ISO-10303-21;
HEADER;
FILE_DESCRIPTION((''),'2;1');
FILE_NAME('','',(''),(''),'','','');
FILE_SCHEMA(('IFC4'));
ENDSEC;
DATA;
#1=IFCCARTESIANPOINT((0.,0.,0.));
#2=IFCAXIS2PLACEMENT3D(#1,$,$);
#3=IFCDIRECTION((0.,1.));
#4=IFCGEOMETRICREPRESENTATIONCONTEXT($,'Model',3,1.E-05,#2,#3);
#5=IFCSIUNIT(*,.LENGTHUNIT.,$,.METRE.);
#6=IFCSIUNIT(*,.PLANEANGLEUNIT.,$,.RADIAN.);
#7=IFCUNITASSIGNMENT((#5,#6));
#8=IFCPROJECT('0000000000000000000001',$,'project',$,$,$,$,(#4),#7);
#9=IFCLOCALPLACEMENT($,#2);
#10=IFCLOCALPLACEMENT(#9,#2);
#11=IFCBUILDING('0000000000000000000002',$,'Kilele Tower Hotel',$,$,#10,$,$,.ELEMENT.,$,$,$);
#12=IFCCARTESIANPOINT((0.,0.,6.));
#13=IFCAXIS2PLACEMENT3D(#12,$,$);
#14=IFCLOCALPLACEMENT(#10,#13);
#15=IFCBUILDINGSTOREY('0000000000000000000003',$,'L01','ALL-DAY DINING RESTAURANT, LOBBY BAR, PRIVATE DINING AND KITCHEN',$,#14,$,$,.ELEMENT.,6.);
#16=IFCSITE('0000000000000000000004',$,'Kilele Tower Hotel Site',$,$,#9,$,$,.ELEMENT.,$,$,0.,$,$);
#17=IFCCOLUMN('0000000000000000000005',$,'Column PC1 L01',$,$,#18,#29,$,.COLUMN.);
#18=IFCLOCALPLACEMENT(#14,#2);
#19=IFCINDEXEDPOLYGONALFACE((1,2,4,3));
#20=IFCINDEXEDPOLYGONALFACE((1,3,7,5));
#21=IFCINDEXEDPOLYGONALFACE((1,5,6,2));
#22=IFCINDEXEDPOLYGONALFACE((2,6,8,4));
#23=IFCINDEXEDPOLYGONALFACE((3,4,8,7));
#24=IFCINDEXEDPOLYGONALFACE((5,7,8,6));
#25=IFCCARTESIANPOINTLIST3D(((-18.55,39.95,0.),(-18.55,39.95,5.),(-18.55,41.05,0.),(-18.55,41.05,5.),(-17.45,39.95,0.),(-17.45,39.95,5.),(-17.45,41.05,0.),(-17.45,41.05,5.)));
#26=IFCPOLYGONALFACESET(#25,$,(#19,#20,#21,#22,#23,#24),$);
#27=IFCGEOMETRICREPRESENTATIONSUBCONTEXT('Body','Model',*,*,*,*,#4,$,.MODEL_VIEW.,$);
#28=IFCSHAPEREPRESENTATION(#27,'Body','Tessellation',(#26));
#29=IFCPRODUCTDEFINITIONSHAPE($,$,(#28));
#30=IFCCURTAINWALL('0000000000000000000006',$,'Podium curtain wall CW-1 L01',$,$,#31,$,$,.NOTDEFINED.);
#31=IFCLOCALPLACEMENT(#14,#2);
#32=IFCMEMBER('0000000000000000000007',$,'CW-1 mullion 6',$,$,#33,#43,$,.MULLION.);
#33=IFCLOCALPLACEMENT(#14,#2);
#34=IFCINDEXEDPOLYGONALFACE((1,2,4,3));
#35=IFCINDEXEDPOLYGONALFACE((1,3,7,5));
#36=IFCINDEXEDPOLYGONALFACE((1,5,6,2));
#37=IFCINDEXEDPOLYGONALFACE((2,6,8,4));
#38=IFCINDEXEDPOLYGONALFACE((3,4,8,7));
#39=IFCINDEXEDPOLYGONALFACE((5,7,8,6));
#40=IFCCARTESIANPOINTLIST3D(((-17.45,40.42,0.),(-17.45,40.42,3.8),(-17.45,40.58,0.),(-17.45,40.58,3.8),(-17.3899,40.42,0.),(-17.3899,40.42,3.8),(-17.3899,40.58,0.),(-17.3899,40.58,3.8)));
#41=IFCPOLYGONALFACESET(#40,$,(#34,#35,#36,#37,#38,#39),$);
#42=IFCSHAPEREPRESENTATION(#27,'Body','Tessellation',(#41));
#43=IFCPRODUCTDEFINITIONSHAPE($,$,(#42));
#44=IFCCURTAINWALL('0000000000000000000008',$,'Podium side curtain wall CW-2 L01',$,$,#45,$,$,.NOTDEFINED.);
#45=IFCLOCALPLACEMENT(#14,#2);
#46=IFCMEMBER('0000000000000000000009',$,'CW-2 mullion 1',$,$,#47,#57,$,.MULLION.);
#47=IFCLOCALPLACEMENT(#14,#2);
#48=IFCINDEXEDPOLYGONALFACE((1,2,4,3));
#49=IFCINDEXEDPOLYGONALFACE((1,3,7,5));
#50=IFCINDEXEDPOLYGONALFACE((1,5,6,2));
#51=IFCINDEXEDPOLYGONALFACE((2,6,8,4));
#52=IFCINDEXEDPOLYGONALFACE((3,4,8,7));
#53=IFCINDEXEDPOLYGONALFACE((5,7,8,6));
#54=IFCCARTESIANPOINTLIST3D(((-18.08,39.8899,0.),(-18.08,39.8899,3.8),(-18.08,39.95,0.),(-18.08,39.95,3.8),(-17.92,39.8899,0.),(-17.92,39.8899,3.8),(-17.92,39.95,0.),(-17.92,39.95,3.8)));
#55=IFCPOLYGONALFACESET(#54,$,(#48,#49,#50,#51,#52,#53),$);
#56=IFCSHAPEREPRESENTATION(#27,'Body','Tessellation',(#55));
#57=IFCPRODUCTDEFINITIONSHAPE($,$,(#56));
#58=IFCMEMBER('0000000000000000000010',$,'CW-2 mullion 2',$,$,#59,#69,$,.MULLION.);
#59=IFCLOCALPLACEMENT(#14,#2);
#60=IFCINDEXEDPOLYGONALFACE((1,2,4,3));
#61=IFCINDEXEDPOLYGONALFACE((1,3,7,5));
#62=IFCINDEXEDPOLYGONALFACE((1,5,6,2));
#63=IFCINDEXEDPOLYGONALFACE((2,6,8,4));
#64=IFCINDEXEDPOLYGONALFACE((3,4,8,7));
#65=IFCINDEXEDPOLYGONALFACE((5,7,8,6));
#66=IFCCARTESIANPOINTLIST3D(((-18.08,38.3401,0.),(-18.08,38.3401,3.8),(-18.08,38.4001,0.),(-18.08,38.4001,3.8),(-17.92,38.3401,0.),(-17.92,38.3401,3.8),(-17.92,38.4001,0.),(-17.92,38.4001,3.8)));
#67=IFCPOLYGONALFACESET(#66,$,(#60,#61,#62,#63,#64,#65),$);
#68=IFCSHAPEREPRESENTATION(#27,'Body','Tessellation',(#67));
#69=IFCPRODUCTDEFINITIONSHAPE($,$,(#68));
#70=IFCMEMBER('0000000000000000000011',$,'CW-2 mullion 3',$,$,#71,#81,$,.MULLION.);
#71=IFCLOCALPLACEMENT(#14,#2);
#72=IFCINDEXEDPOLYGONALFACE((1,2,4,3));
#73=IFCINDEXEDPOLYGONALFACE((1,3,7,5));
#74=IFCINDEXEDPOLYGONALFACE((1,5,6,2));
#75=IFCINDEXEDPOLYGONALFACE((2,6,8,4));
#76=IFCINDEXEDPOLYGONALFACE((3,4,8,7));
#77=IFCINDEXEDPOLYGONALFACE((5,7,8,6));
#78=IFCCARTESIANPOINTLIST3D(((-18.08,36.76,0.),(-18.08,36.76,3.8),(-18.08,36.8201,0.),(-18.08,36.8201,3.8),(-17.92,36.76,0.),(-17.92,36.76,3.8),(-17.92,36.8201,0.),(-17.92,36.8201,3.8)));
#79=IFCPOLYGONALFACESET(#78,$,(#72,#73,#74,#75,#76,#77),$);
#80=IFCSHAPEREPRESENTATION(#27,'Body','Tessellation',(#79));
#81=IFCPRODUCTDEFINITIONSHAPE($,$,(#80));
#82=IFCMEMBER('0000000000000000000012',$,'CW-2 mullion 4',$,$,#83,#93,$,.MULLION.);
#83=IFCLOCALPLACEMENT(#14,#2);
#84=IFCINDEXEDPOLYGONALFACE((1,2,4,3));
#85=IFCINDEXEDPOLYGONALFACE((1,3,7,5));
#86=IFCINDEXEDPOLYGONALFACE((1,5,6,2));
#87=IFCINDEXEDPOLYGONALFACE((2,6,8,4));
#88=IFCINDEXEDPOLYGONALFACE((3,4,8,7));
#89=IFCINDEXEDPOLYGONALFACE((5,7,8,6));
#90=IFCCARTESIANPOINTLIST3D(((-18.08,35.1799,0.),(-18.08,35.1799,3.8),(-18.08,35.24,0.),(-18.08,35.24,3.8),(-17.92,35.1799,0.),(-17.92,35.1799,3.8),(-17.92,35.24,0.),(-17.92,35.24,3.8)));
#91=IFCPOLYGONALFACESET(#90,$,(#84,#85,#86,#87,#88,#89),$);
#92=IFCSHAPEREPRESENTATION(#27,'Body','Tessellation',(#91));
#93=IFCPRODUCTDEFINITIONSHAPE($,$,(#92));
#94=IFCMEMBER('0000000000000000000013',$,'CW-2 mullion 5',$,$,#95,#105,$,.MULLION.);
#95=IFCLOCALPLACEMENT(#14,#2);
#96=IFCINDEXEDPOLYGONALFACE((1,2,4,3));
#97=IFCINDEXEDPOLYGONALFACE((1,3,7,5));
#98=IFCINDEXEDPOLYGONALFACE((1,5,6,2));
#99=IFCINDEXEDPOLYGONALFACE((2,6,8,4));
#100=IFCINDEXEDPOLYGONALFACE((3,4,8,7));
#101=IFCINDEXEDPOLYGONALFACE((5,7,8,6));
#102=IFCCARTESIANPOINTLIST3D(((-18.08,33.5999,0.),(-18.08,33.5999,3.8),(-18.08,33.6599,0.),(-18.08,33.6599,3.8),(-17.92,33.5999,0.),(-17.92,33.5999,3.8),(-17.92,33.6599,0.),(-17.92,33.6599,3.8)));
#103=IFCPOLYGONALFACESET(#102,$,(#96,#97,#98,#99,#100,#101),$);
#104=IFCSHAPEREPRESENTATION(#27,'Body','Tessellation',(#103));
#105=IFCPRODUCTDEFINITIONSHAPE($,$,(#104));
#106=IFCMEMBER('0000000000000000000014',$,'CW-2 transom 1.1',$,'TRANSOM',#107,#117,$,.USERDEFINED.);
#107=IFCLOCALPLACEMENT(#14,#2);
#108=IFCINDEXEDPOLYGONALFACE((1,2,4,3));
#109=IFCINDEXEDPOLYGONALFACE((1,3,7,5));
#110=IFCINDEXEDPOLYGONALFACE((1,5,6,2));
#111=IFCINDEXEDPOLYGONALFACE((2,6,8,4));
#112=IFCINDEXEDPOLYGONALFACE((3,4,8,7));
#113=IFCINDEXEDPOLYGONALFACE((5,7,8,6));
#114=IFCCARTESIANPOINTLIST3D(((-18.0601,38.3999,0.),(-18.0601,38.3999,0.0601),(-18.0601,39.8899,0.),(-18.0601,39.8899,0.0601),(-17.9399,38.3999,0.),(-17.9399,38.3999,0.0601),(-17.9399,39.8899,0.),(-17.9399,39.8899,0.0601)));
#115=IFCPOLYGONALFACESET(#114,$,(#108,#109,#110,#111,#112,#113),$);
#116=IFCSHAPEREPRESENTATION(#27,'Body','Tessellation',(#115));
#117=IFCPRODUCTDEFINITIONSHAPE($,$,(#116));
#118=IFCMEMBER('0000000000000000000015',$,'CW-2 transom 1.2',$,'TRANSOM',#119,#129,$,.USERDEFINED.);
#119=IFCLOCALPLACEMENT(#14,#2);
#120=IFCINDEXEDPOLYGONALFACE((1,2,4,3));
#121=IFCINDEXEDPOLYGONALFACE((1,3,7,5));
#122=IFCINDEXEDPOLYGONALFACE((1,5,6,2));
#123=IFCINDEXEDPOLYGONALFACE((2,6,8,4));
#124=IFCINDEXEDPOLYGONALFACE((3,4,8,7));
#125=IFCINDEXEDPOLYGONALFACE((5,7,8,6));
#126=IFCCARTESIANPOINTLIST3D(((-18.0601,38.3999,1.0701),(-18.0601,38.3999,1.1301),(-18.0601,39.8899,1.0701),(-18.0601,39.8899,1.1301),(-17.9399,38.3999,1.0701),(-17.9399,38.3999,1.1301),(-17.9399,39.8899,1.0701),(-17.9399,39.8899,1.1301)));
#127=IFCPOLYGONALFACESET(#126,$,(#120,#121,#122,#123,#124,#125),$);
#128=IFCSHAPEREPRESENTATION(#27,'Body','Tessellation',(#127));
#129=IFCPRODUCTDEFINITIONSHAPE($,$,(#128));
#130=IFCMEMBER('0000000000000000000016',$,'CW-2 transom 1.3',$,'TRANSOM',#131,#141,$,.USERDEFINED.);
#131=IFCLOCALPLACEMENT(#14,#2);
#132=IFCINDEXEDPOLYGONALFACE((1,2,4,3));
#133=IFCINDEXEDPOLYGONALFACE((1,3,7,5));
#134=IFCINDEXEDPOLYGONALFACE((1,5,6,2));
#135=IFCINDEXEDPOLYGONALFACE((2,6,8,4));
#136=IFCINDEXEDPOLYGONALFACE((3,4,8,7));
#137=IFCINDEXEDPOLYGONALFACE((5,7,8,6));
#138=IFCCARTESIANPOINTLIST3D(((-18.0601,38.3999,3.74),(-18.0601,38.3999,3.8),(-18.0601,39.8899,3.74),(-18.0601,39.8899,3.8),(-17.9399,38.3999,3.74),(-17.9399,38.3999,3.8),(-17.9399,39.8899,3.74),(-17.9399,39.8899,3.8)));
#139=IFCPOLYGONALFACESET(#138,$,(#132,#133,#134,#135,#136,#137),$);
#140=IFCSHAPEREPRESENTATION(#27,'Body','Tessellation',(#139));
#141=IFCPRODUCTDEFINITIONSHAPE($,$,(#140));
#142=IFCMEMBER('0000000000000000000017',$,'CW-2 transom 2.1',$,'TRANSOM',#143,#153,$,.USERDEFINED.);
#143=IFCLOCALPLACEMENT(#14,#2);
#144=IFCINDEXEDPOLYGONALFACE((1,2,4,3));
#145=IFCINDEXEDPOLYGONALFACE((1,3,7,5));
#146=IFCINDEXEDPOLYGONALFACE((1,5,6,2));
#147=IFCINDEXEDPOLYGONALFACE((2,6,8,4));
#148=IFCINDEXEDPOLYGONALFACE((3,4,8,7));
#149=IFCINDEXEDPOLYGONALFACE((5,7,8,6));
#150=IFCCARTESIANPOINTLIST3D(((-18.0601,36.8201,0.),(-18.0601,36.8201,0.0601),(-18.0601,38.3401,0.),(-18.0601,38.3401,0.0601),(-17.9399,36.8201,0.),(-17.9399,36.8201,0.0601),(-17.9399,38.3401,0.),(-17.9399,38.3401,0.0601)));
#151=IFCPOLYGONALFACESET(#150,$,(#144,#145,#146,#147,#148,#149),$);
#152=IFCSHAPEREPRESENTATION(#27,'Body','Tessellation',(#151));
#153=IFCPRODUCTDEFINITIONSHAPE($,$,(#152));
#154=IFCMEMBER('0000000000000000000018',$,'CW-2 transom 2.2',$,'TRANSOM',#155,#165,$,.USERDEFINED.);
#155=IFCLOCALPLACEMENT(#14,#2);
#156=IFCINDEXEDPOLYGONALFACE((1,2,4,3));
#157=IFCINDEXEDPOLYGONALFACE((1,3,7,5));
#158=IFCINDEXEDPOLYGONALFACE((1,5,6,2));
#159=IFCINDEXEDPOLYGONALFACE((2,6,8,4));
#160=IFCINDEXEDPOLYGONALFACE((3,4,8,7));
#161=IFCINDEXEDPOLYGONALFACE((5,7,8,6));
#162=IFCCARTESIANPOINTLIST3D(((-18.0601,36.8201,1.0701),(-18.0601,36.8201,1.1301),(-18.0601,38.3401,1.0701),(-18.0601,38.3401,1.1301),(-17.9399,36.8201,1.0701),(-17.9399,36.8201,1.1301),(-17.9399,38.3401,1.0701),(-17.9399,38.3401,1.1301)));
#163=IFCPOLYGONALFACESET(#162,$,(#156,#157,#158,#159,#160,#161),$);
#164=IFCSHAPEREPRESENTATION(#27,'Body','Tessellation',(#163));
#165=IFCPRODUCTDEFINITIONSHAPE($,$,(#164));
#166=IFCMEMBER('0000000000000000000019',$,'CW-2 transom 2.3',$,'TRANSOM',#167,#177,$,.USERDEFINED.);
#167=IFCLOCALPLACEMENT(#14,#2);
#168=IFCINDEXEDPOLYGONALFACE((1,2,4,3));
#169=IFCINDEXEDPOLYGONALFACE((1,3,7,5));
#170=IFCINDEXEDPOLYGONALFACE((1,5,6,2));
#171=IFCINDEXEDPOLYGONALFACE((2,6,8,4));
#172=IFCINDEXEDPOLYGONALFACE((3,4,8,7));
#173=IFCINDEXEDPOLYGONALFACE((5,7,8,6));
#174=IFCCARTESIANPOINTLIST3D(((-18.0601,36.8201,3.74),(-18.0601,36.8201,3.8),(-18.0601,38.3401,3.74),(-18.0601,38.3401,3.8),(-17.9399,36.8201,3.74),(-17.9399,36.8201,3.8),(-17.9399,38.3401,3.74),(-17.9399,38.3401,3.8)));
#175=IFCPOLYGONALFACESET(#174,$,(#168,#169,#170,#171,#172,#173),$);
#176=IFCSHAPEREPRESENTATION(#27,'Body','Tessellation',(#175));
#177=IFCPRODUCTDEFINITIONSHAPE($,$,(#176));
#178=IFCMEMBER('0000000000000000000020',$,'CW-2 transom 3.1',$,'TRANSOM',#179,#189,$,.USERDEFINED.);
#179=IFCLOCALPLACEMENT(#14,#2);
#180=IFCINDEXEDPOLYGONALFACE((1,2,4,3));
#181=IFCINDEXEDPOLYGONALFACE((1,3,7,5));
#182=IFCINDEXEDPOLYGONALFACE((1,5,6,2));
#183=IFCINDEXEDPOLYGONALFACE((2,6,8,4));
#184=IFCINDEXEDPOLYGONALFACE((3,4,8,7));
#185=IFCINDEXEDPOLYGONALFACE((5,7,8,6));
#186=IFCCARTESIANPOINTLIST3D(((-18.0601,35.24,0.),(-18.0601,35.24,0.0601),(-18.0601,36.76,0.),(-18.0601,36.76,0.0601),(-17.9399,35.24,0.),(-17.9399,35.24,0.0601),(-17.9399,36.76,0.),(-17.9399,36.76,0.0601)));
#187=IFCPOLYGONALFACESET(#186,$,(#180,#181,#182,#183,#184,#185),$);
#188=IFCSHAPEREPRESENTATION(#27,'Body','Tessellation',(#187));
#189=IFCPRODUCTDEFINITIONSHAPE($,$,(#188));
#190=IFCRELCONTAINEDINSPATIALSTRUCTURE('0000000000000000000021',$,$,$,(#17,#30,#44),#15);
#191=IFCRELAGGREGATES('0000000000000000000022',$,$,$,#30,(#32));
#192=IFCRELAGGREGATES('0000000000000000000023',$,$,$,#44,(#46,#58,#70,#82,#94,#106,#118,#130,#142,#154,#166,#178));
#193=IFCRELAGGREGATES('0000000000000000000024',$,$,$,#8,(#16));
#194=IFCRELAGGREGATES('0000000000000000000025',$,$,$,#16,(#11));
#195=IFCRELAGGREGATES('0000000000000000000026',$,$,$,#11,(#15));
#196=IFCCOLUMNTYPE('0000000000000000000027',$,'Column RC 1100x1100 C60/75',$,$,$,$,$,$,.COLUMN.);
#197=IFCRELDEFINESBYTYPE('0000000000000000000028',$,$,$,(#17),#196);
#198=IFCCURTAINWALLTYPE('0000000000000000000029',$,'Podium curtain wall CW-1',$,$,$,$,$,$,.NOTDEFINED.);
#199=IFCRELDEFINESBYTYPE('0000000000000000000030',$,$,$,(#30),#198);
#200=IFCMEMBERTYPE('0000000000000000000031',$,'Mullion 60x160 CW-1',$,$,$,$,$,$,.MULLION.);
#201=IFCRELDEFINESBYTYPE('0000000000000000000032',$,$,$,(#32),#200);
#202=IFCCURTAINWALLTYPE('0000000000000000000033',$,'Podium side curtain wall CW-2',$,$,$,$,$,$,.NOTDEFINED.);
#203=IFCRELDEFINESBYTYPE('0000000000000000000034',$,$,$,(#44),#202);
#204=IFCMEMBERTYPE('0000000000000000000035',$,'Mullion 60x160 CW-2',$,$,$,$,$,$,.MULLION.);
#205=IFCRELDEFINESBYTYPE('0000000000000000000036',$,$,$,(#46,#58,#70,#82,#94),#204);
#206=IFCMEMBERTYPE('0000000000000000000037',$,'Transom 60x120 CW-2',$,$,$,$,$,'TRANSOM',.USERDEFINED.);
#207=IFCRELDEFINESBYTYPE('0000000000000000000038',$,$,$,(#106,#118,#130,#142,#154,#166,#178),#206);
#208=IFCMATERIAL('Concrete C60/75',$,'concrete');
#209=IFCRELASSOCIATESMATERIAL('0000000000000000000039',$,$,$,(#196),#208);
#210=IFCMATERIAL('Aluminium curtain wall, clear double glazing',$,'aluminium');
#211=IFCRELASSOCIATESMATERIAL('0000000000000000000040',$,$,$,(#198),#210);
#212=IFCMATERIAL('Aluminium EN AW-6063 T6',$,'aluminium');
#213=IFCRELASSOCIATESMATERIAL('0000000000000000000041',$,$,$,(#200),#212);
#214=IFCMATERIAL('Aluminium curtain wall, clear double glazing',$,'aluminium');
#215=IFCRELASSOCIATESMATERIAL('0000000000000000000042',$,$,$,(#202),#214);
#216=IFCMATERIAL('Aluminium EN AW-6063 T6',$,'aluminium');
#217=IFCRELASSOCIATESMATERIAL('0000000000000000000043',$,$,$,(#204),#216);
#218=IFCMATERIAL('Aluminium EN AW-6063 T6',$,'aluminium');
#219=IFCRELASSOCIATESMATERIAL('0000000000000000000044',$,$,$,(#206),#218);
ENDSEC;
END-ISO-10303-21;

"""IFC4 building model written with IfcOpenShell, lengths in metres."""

from ifc_helpers import new_model, si_unit, direction, frame, origin, origin_2d, place, context, subcontext, project, spatial, rectangle, extrude, material, material_profile, profile_set, type_object, element, aggregate, save


model = new_model("IFC4")

# Units and contexts
model_context = context("Model", 3, precision=1e-05, world=origin(), true_north=direction((0.0, 1.0)))
body_context = subcontext(model_context, "Body", "Model", "MODEL_VIEW")
ifc_project = project(units=[si_unit("LENGTHUNIT", "METRE"), si_unit("PLANEANGLEUNIT", "RADIAN")], contexts=[model_context])

# Site, building, storey
site_placement = place(None, origin())
site = spatial("IfcSite", under=ifc_project, at=site_placement, Name="Kilele Tower Hotel Site", CompositionType="ELEMENT", RefElevation=0.0)
building_placement = place(site_placement, origin())
building = spatial("IfcBuilding", under=site, at=building_placement, Name="Kilele Tower Hotel", CompositionType="ELEMENT")
storey_placement = place(building_placement, frame((0.0, 0.0, 6.0)))
storey = spatial("IfcBuildingStorey", under=building, at=storey_placement, Name="L01", Description="ALL-DAY DINING RESTAURANT, LOBBY BAR, PRIVATE DINING AND KITCHEN", CompositionType="ELEMENT", Elevation=6.0)

# Column
ifc_material_1 = material(Name="Concrete C60/75", Category="concrete")
ifc_material_profile_1 = material_profile(ifc_material_1, rectangle(XDim=1.1001, YDim=1.1001, at=origin_2d()))
ifc_profile_set_1 = profile_set([ifc_material_profile_1], Name="Concrete C60/75")
column_type = type_object("IfcColumnType", Name="Column RC 1100x1100 C60/75", PredefinedType="COLUMN", material=ifc_profile_set_1)
column_placement = place(storey_placement, frame((-18.0, 40.5, 0.0), z_axis=(0.0, 0.0, 1.0), x_axis=(1.0, 0.0, 0.0)))
element("IfcColumn", 1, at=column_placement, inside=storey, type_object=column_type, Name="Column PC1 L01", PredefinedType="COLUMN", context=body_context, shape_type="SweptSolid", body=[
    extrude(rectangle(XDim=1.1001, YDim=1.1001, at=origin_2d()), origin(), (0.0, 0.0, 1.0), 5.0),
])

# Curtain wall, member
ifc_material_2 = material(Name="Aluminium curtain wall, clear double glazing", Category="aluminium")
curtain_wall_type_1 = type_object("IfcCurtainWallType", Name="Podium curtain wall CW-1", PredefinedType="NOTDEFINED", material=ifc_material_2)
curtain_wall_1_placement = place(storey_placement, origin())
curtain_wall_1 = element("IfcCurtainWall", 2, at=curtain_wall_1_placement, inside=storey, type_object=curtain_wall_type_1, Name="Podium curtain wall CW-1 L01", PredefinedType="NOTDEFINED")
ifc_material_3 = material(Name="Aluminium EN AW-6063 T6", Category="aluminium")
ifc_material_profile_2 = material_profile(ifc_material_3, rectangle(XDim=0.1599, YDim=0.0601, at=origin_2d()))
ifc_profile_set_2 = profile_set([ifc_material_profile_2], Name="Aluminium EN AW-6063 T6")
member_type_1 = type_object("IfcMemberType", Name="Mullion 60x160 CW-1", PredefinedType="MULLION", material=ifc_profile_set_2)
member_1_placement = place(storey_placement, frame((-17.4199, 40.5, 0.0), z_axis=(0.0, 0.0, 1.0), x_axis=(0.0, -1.0, 0.0)))
member_1 = element("IfcMember", 3, at=member_1_placement, type_object=member_type_1, Name="CW-1 mullion 6", PredefinedType="MULLION", context=body_context, shape_type="SweptSolid", body=[
    extrude(rectangle(XDim=0.1599, YDim=0.0601, at=origin_2d()), origin(), (0.0, 0.0, 1.0), 3.8),
])
aggregate(curtain_wall_1, [member_1])

# Curtain wall, members
ifc_material_4 = material(Name="Aluminium curtain wall, clear double glazing", Category="aluminium")
curtain_wall_type_2 = type_object("IfcCurtainWallType", Name="Podium side curtain wall CW-2", PredefinedType="NOTDEFINED", material=ifc_material_4)
curtain_wall_2_placement = place(storey_placement, origin())
curtain_wall_2 = element("IfcCurtainWall", 4, at=curtain_wall_2_placement, inside=storey, type_object=curtain_wall_type_2, Name="Podium side curtain wall CW-2 L01", PredefinedType="NOTDEFINED")
ifc_material_5 = material(Name="Aluminium EN AW-6063 T6", Category="aluminium")
ifc_material_profile_3 = material_profile(ifc_material_5, rectangle(XDim=0.1599, YDim=0.0601, at=origin_2d()))
ifc_profile_set_3 = profile_set([ifc_material_profile_3], Name="Aluminium EN AW-6063 T6")
member_type_2 = type_object("IfcMemberType", Name="Mullion 60x160 CW-2", PredefinedType="MULLION", material=ifc_profile_set_3)
member_2_placement = place(storey_placement, frame((-18.0, 39.9199, 0.0), z_axis=(0.0, 0.0, 1.0), x_axis=(1.0, 0.0, 0.0)))
member_2 = element("IfcMember", 5, at=member_2_placement, type_object=member_type_2, Name="CW-2 mullion 1", PredefinedType="MULLION", context=body_context, shape_type="SweptSolid", body=[
    extrude(rectangle(XDim=0.1599, YDim=0.0601, at=origin_2d()), origin(), (0.0, 0.0, 1.0), 3.8),
])
member_3_placement = place(storey_placement, frame((-18.0, 38.3701, 0.0), z_axis=(0.0, 0.0, 1.0), x_axis=(1.0, 0.0, 0.0)))
member_3 = element("IfcMember", 6, at=member_3_placement, type_object=member_type_2, Name="CW-2 mullion 2", PredefinedType="MULLION", context=body_context, shape_type="SweptSolid", body=[
    extrude(rectangle(XDim=0.1599, YDim=0.0601, at=origin_2d()), origin(), (0.0, 0.0, 1.0), 3.8),
])
member_4_placement = place(storey_placement, frame((-18.0, 36.79, 0.0), z_axis=(0.0, 0.0, 1.0), x_axis=(1.0, 0.0, 0.0)))
member_4 = element("IfcMember", 7, at=member_4_placement, type_object=member_type_2, Name="CW-2 mullion 3", PredefinedType="MULLION", context=body_context, shape_type="SweptSolid", body=[
    extrude(rectangle(XDim=0.1599, YDim=0.0601, at=origin_2d()), origin(), (0.0, 0.0, 1.0), 3.8),
])
member_5_placement = place(storey_placement, frame((-18.0, 35.21, 0.0), z_axis=(0.0, 0.0, 1.0), x_axis=(1.0, 0.0, 0.0)))
member_5 = element("IfcMember", 8, at=member_5_placement, type_object=member_type_2, Name="CW-2 mullion 4", PredefinedType="MULLION", context=body_context, shape_type="SweptSolid", body=[
    extrude(rectangle(XDim=0.1599, YDim=0.0601, at=origin_2d()), origin(), (0.0, 0.0, 1.0), 3.8),
])
member_6_placement = place(storey_placement, frame((-18.0, 33.6299, 0.0), z_axis=(0.0, 0.0, 1.0), x_axis=(1.0, 0.0, 0.0)))
member_6 = element("IfcMember", 9, at=member_6_placement, type_object=member_type_2, Name="CW-2 mullion 5", PredefinedType="MULLION", context=body_context, shape_type="SweptSolid", body=[
    extrude(rectangle(XDim=0.1599, YDim=0.0601, at=origin_2d()), origin(), (0.0, 0.0, 1.0), 3.8),
])
ifc_material_6 = material(Name="Aluminium EN AW-6063 T6", Category="aluminium")
ifc_material_profile_4 = material_profile(ifc_material_6, rectangle(XDim=0.1201, YDim=0.0601, at=origin_2d()))
ifc_profile_set_4 = profile_set([ifc_material_profile_4], Name="Aluminium EN AW-6063 T6")
member_type_3 = type_object("IfcMemberType", Name="Transom 60x120 CW-2", ElementType="TRANSOM", PredefinedType="USERDEFINED", material=ifc_profile_set_4)
member_7_placement = place(storey_placement, frame((-18.0, 39.8899, 0.03), z_axis=(0.0, -1.0, 0.0), x_axis=(1.0, 0.0, 0.0)))
member_7 = element("IfcMember", 10, at=member_7_placement, type_object=member_type_3, Name="CW-2 transom 1.1", ObjectType="TRANSOM", PredefinedType="USERDEFINED", context=body_context, shape_type="SweptSolid", body=[
    extrude(rectangle(XDim=0.1201, YDim=0.0601, at=origin_2d()), origin(), (0.0, 0.0, 1.0), 1.49),
])
member_8_placement = place(storey_placement, frame((-18.0, 39.8899, 1.1001), z_axis=(0.0, -1.0, 0.0), x_axis=(1.0, 0.0, 0.0)))
member_8 = element("IfcMember", 11, at=member_8_placement, type_object=member_type_3, Name="CW-2 transom 1.2", ObjectType="TRANSOM", PredefinedType="USERDEFINED", context=body_context, shape_type="SweptSolid", body=[
    extrude(rectangle(XDim=0.1201, YDim=0.0601, at=origin_2d()), origin(), (0.0, 0.0, 1.0), 1.49),
])
member_9_placement = place(storey_placement, frame((-18.0, 39.8899, 3.77), z_axis=(0.0, -1.0, 0.0), x_axis=(1.0, 0.0, 0.0)))
member_9 = element("IfcMember", 12, at=member_9_placement, type_object=member_type_3, Name="CW-2 transom 1.3", ObjectType="TRANSOM", PredefinedType="USERDEFINED", context=body_context, shape_type="SweptSolid", body=[
    extrude(rectangle(XDim=0.1201, YDim=0.0601, at=origin_2d()), origin(), (0.0, 0.0, 1.0), 1.49),
])
member_10_placement = place(storey_placement, frame((-18.0, 38.3401, 0.03), z_axis=(0.0, -1.0, 0.0), x_axis=(1.0, 0.0, 0.0)))
member_10 = element("IfcMember", 13, at=member_10_placement, type_object=member_type_3, Name="CW-2 transom 2.1", ObjectType="TRANSOM", PredefinedType="USERDEFINED", context=body_context, shape_type="SweptSolid", body=[
    extrude(rectangle(XDim=0.1201, YDim=0.0601, at=origin_2d()), origin(), (0.0, 0.0, 1.0), 1.52),
])
member_11_placement = place(storey_placement, frame((-18.0, 38.3401, 1.1001), z_axis=(0.0, -1.0, 0.0), x_axis=(1.0, 0.0, 0.0)))
member_11 = element("IfcMember", 14, at=member_11_placement, type_object=member_type_3, Name="CW-2 transom 2.2", ObjectType="TRANSOM", PredefinedType="USERDEFINED", context=body_context, shape_type="SweptSolid", body=[
    extrude(rectangle(XDim=0.1201, YDim=0.0601, at=origin_2d()), origin(), (0.0, 0.0, 1.0), 1.52),
])
member_12_placement = place(storey_placement, frame((-18.0, 38.3401, 3.77), z_axis=(0.0, -1.0, 0.0), x_axis=(1.0, 0.0, 0.0)))
member_12 = element("IfcMember", 15, at=member_12_placement, type_object=member_type_3, Name="CW-2 transom 2.3", ObjectType="TRANSOM", PredefinedType="USERDEFINED", context=body_context, shape_type="SweptSolid", body=[
    extrude(rectangle(XDim=0.1201, YDim=0.0601, at=origin_2d()), origin(), (0.0, 0.0, 1.0), 1.52),
])
member_13_placement = place(storey_placement, frame((-18.0, 36.76, 0.03), z_axis=(0.0, -1.0, 0.0), x_axis=(1.0, 0.0, 0.0)))
member_13 = element("IfcMember", 16, at=member_13_placement, type_object=member_type_3, Name="CW-2 transom 3.1", ObjectType="TRANSOM", PredefinedType="USERDEFINED", context=body_context, shape_type="SweptSolid", body=[
    extrude(rectangle(XDim=0.1201, YDim=0.0601, at=origin_2d()), origin(), (0.0, 0.0, 1.0), 1.52),
])
aggregate(curtain_wall_2, [member_2, member_3, member_4, member_5, member_6, member_7, member_8, member_9, member_10, member_11, member_12, member_13])

save(model, "model.ifc")
